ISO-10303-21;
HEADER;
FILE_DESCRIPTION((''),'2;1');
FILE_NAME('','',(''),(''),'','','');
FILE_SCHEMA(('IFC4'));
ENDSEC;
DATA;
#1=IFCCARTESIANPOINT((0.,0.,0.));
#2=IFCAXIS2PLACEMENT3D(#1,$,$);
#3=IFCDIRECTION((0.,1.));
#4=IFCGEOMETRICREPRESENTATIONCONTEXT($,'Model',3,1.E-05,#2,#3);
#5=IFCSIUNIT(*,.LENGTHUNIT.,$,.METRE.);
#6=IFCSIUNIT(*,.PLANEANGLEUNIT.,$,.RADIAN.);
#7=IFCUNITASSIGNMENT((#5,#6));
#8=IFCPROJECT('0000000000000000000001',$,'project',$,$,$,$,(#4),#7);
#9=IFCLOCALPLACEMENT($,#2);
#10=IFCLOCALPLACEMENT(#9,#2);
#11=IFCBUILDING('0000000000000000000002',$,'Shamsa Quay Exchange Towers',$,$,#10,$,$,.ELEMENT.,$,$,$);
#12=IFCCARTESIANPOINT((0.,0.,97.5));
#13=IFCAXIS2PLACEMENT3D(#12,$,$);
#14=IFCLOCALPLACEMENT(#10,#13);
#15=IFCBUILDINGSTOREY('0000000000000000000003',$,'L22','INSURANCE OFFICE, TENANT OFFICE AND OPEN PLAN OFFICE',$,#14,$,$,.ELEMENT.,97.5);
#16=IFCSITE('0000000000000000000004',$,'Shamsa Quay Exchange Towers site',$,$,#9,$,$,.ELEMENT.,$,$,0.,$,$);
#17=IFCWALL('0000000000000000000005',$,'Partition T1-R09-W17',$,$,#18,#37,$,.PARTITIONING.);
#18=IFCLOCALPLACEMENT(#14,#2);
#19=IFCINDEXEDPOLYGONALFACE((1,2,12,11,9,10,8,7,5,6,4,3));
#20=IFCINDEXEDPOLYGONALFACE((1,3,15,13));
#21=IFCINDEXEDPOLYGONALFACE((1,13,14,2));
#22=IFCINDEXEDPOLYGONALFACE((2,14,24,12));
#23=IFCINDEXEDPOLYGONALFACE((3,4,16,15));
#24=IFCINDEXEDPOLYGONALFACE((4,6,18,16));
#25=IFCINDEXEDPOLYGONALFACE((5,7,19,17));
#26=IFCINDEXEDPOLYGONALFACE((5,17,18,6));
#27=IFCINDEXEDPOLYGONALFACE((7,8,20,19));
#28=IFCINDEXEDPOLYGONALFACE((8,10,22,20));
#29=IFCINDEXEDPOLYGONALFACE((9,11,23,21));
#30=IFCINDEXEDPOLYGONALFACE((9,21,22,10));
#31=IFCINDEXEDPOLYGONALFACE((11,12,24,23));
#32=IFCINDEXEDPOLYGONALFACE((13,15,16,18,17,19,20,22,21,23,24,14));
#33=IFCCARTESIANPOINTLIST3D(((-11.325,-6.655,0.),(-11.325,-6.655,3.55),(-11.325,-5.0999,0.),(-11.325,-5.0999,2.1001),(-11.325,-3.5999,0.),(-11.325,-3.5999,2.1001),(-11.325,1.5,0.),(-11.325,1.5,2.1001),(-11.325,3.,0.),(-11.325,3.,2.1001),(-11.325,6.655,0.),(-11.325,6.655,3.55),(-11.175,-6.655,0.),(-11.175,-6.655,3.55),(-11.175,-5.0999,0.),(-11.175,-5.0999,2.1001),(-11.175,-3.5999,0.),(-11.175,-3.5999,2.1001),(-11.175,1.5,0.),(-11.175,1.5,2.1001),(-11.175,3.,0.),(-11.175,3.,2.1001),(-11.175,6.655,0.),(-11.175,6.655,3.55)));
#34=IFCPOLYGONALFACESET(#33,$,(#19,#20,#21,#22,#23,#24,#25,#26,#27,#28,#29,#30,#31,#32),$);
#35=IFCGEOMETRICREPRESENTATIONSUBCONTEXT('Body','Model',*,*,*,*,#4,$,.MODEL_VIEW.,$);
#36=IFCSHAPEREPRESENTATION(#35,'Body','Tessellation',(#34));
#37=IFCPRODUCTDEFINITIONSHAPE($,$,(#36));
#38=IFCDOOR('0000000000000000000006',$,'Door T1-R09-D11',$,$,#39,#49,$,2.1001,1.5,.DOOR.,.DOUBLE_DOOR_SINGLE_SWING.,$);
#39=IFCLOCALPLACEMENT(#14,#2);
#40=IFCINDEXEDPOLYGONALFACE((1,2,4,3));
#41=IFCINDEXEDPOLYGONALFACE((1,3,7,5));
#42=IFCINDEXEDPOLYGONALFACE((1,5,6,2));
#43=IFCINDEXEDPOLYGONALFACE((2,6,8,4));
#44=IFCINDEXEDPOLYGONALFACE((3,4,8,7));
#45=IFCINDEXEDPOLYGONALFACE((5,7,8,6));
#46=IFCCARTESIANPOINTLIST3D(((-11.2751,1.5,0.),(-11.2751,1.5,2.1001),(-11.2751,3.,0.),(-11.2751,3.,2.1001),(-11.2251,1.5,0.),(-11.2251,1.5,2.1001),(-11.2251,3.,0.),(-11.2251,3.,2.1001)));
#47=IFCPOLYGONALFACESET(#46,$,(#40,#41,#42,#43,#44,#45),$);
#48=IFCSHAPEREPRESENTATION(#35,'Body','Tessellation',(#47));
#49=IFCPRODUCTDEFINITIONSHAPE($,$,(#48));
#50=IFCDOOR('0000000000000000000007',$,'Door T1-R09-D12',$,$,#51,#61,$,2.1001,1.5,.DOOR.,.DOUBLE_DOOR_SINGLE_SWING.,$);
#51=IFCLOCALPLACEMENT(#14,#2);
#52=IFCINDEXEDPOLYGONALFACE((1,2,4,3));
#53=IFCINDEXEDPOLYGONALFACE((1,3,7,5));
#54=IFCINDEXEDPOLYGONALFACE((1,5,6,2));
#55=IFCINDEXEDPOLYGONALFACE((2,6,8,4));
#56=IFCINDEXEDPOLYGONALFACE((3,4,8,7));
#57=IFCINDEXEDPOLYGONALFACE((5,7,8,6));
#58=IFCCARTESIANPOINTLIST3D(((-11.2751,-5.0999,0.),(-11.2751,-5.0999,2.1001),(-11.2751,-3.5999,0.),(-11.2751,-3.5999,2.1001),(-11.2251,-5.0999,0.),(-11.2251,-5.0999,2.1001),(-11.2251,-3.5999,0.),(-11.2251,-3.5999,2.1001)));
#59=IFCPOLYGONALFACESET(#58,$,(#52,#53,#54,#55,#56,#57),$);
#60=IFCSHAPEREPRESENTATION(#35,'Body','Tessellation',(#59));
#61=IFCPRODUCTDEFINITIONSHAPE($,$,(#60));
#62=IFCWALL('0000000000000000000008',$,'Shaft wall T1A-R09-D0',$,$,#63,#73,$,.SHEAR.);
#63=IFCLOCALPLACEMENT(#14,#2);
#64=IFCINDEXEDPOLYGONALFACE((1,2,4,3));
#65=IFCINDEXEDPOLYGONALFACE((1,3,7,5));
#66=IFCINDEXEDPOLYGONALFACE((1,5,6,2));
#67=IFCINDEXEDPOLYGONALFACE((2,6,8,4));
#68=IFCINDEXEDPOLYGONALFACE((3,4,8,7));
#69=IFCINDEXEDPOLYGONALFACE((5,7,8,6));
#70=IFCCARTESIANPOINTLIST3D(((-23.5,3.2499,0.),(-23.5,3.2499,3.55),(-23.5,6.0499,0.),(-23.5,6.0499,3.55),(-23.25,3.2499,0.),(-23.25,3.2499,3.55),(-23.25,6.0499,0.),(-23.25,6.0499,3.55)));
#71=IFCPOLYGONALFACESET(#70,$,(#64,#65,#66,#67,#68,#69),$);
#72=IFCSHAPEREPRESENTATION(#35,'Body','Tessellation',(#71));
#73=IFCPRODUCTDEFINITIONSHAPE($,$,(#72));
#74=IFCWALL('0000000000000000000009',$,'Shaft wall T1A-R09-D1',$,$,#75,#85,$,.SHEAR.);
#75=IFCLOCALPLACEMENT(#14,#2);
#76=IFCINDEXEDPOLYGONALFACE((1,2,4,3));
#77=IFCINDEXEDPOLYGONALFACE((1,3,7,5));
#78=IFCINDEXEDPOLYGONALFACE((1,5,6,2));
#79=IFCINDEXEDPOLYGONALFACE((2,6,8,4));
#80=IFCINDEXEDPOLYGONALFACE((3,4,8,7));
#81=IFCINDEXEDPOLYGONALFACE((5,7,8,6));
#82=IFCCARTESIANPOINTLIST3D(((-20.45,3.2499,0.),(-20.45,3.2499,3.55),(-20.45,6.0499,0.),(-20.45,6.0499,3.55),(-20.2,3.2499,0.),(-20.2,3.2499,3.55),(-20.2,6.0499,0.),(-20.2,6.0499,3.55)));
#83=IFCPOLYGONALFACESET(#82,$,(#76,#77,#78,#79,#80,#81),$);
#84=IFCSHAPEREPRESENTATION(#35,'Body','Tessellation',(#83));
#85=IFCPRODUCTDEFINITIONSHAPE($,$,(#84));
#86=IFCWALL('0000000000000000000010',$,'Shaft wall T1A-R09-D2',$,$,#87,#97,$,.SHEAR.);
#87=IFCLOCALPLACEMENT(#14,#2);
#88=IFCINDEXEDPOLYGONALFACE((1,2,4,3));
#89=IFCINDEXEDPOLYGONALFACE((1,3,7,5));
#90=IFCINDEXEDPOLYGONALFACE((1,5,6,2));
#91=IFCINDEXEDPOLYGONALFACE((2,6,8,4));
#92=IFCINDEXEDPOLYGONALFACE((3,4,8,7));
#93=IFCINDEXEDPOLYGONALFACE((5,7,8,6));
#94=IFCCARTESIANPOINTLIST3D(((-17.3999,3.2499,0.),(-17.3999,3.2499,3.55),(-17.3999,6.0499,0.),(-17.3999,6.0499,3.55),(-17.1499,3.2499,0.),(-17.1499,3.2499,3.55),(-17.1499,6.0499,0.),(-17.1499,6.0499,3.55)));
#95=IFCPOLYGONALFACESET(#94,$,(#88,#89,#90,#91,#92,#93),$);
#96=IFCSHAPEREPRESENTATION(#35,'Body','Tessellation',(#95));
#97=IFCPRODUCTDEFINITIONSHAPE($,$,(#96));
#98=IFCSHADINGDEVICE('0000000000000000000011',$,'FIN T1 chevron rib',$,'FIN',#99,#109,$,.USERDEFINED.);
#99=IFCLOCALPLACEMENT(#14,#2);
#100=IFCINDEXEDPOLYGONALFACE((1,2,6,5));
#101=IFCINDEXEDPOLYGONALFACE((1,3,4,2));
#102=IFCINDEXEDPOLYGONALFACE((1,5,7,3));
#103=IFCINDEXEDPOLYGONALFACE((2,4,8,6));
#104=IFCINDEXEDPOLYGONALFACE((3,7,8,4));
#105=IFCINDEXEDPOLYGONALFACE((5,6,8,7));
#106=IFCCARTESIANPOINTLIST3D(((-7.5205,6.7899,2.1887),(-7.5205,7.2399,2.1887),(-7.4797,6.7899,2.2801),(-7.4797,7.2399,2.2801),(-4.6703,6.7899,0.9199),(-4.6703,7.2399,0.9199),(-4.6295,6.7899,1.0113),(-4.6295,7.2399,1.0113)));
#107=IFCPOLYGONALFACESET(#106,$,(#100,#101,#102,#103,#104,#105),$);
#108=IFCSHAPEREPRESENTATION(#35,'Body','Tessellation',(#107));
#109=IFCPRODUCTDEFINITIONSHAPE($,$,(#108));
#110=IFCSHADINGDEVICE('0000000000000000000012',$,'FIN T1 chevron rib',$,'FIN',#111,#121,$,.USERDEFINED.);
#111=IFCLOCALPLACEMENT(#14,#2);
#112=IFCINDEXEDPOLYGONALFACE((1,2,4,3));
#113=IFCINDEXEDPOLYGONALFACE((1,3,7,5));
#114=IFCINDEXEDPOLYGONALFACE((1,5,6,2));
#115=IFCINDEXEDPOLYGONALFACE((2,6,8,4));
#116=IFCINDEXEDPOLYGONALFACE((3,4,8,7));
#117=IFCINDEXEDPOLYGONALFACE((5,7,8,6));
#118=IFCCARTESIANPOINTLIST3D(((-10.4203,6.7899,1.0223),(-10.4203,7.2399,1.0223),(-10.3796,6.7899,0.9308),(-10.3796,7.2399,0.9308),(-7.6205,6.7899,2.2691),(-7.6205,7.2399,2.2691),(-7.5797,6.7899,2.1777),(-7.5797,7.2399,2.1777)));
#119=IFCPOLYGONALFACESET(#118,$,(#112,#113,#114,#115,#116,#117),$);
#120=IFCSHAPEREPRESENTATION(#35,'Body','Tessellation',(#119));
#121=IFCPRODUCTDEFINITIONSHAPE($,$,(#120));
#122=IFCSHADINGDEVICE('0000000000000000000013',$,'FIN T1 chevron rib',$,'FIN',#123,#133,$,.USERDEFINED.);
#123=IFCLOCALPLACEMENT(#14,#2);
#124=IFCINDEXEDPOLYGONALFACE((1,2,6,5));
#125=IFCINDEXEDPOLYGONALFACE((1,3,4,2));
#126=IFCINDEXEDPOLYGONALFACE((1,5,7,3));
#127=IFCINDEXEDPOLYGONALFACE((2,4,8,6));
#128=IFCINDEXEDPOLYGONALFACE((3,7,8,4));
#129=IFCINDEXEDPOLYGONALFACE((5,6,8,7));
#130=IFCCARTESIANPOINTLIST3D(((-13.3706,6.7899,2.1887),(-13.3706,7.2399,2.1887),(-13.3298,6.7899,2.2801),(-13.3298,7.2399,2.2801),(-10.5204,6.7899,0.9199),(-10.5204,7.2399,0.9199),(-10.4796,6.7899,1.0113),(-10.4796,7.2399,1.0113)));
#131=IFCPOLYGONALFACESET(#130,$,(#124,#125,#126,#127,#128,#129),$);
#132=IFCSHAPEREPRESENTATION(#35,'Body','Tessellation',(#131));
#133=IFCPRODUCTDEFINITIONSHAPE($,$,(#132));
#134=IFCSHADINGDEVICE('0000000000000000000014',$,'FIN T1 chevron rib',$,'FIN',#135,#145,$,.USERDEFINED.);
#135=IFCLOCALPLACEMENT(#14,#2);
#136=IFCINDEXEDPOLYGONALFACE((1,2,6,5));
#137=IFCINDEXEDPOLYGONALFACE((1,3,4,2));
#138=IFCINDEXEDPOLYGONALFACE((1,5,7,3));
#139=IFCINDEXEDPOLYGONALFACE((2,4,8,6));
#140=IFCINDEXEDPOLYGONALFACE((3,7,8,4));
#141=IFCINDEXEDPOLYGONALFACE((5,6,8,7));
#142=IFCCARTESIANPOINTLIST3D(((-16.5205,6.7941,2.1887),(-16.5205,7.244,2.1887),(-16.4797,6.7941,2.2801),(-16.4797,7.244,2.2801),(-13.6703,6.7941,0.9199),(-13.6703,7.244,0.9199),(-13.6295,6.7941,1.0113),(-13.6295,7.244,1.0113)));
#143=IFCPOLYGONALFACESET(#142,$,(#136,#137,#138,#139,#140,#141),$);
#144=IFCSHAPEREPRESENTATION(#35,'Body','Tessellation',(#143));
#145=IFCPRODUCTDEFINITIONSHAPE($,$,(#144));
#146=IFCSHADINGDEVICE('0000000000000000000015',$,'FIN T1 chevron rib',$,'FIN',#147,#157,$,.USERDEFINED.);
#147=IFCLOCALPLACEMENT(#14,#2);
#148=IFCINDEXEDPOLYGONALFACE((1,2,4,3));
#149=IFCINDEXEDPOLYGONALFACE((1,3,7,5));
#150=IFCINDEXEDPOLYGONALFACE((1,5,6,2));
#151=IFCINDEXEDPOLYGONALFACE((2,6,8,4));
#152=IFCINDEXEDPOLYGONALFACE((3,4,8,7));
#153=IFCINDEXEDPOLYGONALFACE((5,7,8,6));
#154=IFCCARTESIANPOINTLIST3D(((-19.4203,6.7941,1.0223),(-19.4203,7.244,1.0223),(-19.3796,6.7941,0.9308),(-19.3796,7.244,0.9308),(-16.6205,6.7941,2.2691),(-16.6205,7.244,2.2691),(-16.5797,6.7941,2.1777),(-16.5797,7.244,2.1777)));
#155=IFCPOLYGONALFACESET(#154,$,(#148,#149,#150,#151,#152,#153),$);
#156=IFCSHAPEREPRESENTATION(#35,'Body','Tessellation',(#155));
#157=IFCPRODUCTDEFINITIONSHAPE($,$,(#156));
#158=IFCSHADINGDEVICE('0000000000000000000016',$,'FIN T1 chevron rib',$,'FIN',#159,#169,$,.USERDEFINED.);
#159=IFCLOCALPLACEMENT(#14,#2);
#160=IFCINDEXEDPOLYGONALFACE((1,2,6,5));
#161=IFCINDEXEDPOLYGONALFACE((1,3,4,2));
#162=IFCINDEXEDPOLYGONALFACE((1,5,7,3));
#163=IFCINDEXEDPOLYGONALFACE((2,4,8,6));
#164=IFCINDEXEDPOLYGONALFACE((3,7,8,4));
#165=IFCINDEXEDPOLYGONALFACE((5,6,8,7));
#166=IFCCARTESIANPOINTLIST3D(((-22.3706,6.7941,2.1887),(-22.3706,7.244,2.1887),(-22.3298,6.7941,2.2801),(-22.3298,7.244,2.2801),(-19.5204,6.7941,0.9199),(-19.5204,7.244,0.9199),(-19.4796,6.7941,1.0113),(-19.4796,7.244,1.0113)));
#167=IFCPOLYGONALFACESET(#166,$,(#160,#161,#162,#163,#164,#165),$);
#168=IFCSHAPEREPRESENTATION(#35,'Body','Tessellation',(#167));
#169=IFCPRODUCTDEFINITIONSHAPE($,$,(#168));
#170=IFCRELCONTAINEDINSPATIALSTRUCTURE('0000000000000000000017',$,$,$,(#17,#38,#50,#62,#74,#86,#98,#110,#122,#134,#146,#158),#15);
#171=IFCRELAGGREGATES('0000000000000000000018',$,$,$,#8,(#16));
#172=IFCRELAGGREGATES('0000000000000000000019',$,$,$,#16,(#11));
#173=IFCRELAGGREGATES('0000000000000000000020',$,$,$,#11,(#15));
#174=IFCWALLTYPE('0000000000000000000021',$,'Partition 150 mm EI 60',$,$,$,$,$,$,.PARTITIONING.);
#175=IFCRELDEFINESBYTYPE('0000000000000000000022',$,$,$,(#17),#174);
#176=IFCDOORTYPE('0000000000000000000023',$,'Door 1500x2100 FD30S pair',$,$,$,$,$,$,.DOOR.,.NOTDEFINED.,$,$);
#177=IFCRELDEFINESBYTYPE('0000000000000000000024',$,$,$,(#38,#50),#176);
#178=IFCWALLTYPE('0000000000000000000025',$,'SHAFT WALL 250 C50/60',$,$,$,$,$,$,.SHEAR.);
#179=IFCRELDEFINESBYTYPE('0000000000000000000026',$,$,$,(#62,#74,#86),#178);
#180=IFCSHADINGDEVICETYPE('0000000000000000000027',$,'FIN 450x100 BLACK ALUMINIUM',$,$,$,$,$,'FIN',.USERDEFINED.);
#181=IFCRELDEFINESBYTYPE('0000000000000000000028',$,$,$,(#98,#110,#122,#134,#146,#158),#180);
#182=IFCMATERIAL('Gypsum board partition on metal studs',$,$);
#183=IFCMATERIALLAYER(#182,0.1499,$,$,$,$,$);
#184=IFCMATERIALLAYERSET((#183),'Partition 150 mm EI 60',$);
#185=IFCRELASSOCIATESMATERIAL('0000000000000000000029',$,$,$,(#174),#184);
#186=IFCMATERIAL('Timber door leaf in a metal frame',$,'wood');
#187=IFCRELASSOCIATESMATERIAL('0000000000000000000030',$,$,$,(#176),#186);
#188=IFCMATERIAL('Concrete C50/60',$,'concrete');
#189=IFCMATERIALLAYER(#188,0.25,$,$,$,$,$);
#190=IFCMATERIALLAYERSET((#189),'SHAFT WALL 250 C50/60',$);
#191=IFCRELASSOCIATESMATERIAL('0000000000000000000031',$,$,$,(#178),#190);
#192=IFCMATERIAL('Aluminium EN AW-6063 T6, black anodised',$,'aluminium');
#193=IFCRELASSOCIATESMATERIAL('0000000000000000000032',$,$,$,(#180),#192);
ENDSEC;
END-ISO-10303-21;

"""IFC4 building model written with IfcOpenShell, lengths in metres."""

from ifc_helpers import new_model, si_unit, direction, frame, frame_2d, origin, origin_2d, place, context, subcontext, project, spatial, rectangle, extrude, material, layer, layer_set, material_profile, profile_set, type_object, element, fill, save


model = new_model("IFC4")

# Units and contexts
model_context = context("Model", 3, precision=1e-05, world=origin(), true_north=direction((0.0, 1.0)))
body_context = subcontext(model_context, "Body", "Model", "MODEL_VIEW")
ifc_project = project(units=[si_unit("LENGTHUNIT", "METRE"), si_unit("PLANEANGLEUNIT", "RADIAN")], contexts=[model_context])

# Site, building, storey
site_placement = place(None, origin())
site = spatial("IfcSite", under=ifc_project, at=site_placement, Name="Shamsa Quay Exchange Towers site", CompositionType="ELEMENT", RefElevation=0.0)
building_placement = place(site_placement, origin())
building = spatial("IfcBuilding", under=site, at=building_placement, Name="Shamsa Quay Exchange Towers", CompositionType="ELEMENT")
storey_placement = place(building_placement, frame((0.0, 0.0, 97.5)))
storey = spatial("IfcBuildingStorey", under=building, at=storey_placement, Name="L22", Description="INSURANCE OFFICE, TENANT OFFICE AND OPEN PLAN OFFICE", CompositionType="ELEMENT", Elevation=97.5)

# Shared definitions
ifc_material_1 = material(Name="Aluminium EN AW-6063 T6, black anodised", Category="aluminium")

# Wall, openings, doors
ifc_material_2 = material(Name="Gypsum board partition on metal studs")
ifc_layer_1 = layer(ifc_material_2, 0.1499)
ifc_layer_set_1 = layer_set([ifc_layer_1], Name="Partition 150 mm EI 60")
wall_type_1 = type_object("IfcWallType", Name="Partition 150 mm EI 60", PredefinedType="PARTITIONING", material=ifc_layer_set_1)
wall_1_placement = place(storey_placement, frame((-11.25, 6.655, 0.0), z_axis=(0.0, 0.0, 1.0), x_axis=(0.0, -1.0, 0.0)))
wall_1 = element("IfcWall", 1, at=wall_1_placement, inside=storey, type_object=wall_type_1, Name="Partition T1-R09-W17", PredefinedType="PARTITIONING", context=body_context, shape_type="SweptSolid", body=[
    extrude(rectangle(XDim=13.3101, YDim=0.1499, at=frame_2d((6.655, 0.0))), origin(), (0.0, 0.0, 1.0), 3.55),
])
opening_1_placement = place(wall_1_placement, frame((3.655, 0.0, 0.0)))
opening_1 = element("IfcOpeningElement", 2, at=opening_1_placement, cuts=wall_1, PredefinedType="OPENING", context=body_context, shape_type="SweptSolid", body=[
    extrude(rectangle(XDim=1.5, YDim=2.1001, at=frame_2d((0.75, 1.05))), frame((0.0, 0.085, 0.0), z_axis=(0.0, -1.0, 0.0), x_axis=(1.0, 0.0, 0.0)), (0.0, 0.0, 1.0), 0.1699),
])
opening_2_placement = place(wall_1_placement, frame((10.2549, 0.0, 0.0)))
opening_2 = element("IfcOpeningElement", 3, at=opening_2_placement, cuts=wall_1, PredefinedType="OPENING", context=body_context, shape_type="SweptSolid", body=[
    extrude(rectangle(XDim=1.5, YDim=2.1001, at=frame_2d((0.75, 1.05))), frame((0.0, 0.085, 0.0), z_axis=(0.0, -1.0, 0.0), x_axis=(1.0, 0.0, 0.0)), (0.0, 0.0, 1.0), 0.1699),
])
ifc_material_3 = material(Name="Timber door leaf in a metal frame", Category="wood")
door_type_1 = type_object("IfcDoorType", Name="Door 1500x2100 FD30S pair", OperationType="NOTDEFINED", PredefinedType="DOOR", material=ifc_material_3)
door_1_placement = place(opening_1_placement, origin())
door_1 = element("IfcDoor", 4, at=door_1_placement, inside=storey, type_object=door_type_1, Name="Door T1-R09-D11", OperationType="DOUBLE_DOOR_SINGLE_SWING", OverallHeight=2.1001, OverallWidth=1.5, PredefinedType="DOOR", context=body_context, shape_type="SweptSolid", body=[
    extrude(rectangle(XDim=1.5, YDim=2.1001, at=frame_2d((0.75, 1.05))), frame((0.0, 0.0249, 0.0), z_axis=(0.0, -1.0, 0.0), x_axis=(1.0, 0.0, 0.0)), (0.0, 0.0, 1.0), 0.05),
])
fill(opening_1, door_1)
door_2_placement = place(opening_2_placement, origin())
door_2 = element("IfcDoor", 5, at=door_2_placement, inside=storey, type_object=door_type_1, Name="Door T1-R09-D12", OperationType="DOUBLE_DOOR_SINGLE_SWING", OverallHeight=2.1001, OverallWidth=1.5, PredefinedType="DOOR", context=body_context, shape_type="SweptSolid", body=[
    extrude(rectangle(XDim=1.5, YDim=2.1001, at=frame_2d((0.75, 1.05))), frame((0.0, 0.0249, 0.0), z_axis=(0.0, -1.0, 0.0), x_axis=(1.0, 0.0, 0.0)), (0.0, 0.0, 1.0), 0.05),
])
fill(opening_2, door_2)

# Walls
ifc_material_4 = material(Name="Concrete C50/60", Category="concrete")
ifc_layer_2 = layer(ifc_material_4, 0.25)
ifc_layer_set_2 = layer_set([ifc_layer_2], Name="SHAFT WALL 250 C50/60")
wall_type_2 = type_object("IfcWallType", Name="SHAFT WALL 250 C50/60", PredefinedType="SHEAR", material=ifc_layer_set_2)
for number, where, z_axis, x_axis, name in (
    (6, (-23.375, 3.25, 0.0), (0.0, 0.0, 1.0), (0.0, 1.0, 0.0), "Shaft wall T1A-R09-D0"),
    (7, (-20.325, 3.25, 0.0), (0.0, 0.0, 1.0), (0.0, 1.0, 0.0), "Shaft wall T1A-R09-D1"),
    (8, (-17.2749, 3.25, 0.0), (0.0, 0.0, 1.0), (0.0, 1.0, 0.0), "Shaft wall T1A-R09-D2"),
):
    element("IfcWall", number, at=place(storey_placement, frame(where, z_axis=z_axis, x_axis=x_axis)), inside=storey, type_object=wall_type_2, Name=name, PredefinedType="SHEAR", context=body_context, shape_type="SweptSolid", body=[
        extrude(rectangle(XDim=2.8, YDim=0.25, at=frame_2d((1.3999, 0.0))), origin(), (0.0, 0.0, 1.0), 3.55),
    ])

# Shading devices
ifc_material_profile_1 = material_profile(ifc_material_1, rectangle(XDim=0.45, YDim=0.1001, at=origin_2d()), Name="FIN450x100")
ifc_profile_set_1 = profile_set([ifc_material_profile_1], Name="Aluminium EN AW-6063 T6, black anodised")
shading_device_type = type_object("IfcShadingDeviceType", Name="FIN 450x100 BLACK ALUMINIUM", ElementType="FIN", PredefinedType="USERDEFINED", material=ifc_profile_set_1)
shading_device_1_placement = place(storey_placement, frame((-4.6499, 7.0149, 0.9656), z_axis=(-0.913563, 0.0, 0.406697), x_axis=(0.0, -1.0, 0.0)))
element("IfcShadingDevice", 9, at=shading_device_1_placement, inside=storey, type_object=shading_device_type, Name="FIN T1 chevron rib", ObjectType="FIN", PredefinedType="USERDEFINED", context=body_context, shape_type="SweptSolid", body=[
    extrude(rectangle(XDim=0.45, YDim=0.1001, at=origin_2d()), origin(), (0.0, 0.0, 1.0), 3.1199),
])
shading_device_2_placement = place(storey_placement, frame((-7.6001, 7.0149, 2.2234), z_axis=(-0.913512, 0.0, -0.406811), x_axis=(0.0, -1.0, 0.0)))
element("IfcShadingDevice", 10, at=shading_device_2_placement, inside=storey, type_object=shading_device_type, Name="FIN T1 chevron rib", ObjectType="FIN", PredefinedType="USERDEFINED", context=body_context, shape_type="SweptSolid", body=[
    extrude(rectangle(XDim=0.45, YDim=0.1001, at=origin_2d()), origin(), (0.0, 0.0, 1.0), 3.0649),
])
for number, where, z_axis, x_axis, name in (
    (11, (-10.5, 7.0149, 0.9656), (-0.913563, 0.0, 0.406697), (0.0, -1.0, 0.0), "FIN T1 chevron rib"),
    (12, (-13.6499, 7.019, 0.9656), (-0.913563, 0.0, 0.406697), (0.0, -1.0, 0.0), "FIN T1 chevron rib"),
):
    element("IfcShadingDevice", number, at=place(storey_placement, frame(where, z_axis=z_axis, x_axis=x_axis)), inside=storey, type_object=shading_device_type, Name=name, ObjectType="FIN", PredefinedType="USERDEFINED", context=body_context, shape_type="SweptSolid", body=[
        extrude(rectangle(XDim=0.45, YDim=0.1001, at=origin_2d()), origin(), (0.0, 0.0, 1.0), 3.1199),
    ])
shading_device_3_placement = place(storey_placement, frame((-16.6001, 7.019, 2.2234), z_axis=(-0.913512, 0.0, -0.406811), x_axis=(0.0, -1.0, 0.0)))
element("IfcShadingDevice", 13, at=shading_device_3_placement, inside=storey, type_object=shading_device_type, Name="FIN T1 chevron rib", ObjectType="FIN", PredefinedType="USERDEFINED", context=body_context, shape_type="SweptSolid", body=[
    extrude(rectangle(XDim=0.45, YDim=0.1001, at=origin_2d()), origin(), (0.0, 0.0, 1.0), 3.0649),
])
shading_device_4_placement = place(storey_placement, frame((-19.5, 7.019, 0.9656), z_axis=(-0.913563, 0.0, 0.406697), x_axis=(0.0, -1.0, 0.0)))
element("IfcShadingDevice", 14, at=shading_device_4_placement, inside=storey, type_object=shading_device_type, Name="FIN T1 chevron rib", ObjectType="FIN", PredefinedType="USERDEFINED", context=body_context, shape_type="SweptSolid", body=[
    extrude(rectangle(XDim=0.45, YDim=0.1001, at=origin_2d()), origin(), (0.0, 0.0, 1.0), 3.1199),
])

save(model, "model.ifc")
